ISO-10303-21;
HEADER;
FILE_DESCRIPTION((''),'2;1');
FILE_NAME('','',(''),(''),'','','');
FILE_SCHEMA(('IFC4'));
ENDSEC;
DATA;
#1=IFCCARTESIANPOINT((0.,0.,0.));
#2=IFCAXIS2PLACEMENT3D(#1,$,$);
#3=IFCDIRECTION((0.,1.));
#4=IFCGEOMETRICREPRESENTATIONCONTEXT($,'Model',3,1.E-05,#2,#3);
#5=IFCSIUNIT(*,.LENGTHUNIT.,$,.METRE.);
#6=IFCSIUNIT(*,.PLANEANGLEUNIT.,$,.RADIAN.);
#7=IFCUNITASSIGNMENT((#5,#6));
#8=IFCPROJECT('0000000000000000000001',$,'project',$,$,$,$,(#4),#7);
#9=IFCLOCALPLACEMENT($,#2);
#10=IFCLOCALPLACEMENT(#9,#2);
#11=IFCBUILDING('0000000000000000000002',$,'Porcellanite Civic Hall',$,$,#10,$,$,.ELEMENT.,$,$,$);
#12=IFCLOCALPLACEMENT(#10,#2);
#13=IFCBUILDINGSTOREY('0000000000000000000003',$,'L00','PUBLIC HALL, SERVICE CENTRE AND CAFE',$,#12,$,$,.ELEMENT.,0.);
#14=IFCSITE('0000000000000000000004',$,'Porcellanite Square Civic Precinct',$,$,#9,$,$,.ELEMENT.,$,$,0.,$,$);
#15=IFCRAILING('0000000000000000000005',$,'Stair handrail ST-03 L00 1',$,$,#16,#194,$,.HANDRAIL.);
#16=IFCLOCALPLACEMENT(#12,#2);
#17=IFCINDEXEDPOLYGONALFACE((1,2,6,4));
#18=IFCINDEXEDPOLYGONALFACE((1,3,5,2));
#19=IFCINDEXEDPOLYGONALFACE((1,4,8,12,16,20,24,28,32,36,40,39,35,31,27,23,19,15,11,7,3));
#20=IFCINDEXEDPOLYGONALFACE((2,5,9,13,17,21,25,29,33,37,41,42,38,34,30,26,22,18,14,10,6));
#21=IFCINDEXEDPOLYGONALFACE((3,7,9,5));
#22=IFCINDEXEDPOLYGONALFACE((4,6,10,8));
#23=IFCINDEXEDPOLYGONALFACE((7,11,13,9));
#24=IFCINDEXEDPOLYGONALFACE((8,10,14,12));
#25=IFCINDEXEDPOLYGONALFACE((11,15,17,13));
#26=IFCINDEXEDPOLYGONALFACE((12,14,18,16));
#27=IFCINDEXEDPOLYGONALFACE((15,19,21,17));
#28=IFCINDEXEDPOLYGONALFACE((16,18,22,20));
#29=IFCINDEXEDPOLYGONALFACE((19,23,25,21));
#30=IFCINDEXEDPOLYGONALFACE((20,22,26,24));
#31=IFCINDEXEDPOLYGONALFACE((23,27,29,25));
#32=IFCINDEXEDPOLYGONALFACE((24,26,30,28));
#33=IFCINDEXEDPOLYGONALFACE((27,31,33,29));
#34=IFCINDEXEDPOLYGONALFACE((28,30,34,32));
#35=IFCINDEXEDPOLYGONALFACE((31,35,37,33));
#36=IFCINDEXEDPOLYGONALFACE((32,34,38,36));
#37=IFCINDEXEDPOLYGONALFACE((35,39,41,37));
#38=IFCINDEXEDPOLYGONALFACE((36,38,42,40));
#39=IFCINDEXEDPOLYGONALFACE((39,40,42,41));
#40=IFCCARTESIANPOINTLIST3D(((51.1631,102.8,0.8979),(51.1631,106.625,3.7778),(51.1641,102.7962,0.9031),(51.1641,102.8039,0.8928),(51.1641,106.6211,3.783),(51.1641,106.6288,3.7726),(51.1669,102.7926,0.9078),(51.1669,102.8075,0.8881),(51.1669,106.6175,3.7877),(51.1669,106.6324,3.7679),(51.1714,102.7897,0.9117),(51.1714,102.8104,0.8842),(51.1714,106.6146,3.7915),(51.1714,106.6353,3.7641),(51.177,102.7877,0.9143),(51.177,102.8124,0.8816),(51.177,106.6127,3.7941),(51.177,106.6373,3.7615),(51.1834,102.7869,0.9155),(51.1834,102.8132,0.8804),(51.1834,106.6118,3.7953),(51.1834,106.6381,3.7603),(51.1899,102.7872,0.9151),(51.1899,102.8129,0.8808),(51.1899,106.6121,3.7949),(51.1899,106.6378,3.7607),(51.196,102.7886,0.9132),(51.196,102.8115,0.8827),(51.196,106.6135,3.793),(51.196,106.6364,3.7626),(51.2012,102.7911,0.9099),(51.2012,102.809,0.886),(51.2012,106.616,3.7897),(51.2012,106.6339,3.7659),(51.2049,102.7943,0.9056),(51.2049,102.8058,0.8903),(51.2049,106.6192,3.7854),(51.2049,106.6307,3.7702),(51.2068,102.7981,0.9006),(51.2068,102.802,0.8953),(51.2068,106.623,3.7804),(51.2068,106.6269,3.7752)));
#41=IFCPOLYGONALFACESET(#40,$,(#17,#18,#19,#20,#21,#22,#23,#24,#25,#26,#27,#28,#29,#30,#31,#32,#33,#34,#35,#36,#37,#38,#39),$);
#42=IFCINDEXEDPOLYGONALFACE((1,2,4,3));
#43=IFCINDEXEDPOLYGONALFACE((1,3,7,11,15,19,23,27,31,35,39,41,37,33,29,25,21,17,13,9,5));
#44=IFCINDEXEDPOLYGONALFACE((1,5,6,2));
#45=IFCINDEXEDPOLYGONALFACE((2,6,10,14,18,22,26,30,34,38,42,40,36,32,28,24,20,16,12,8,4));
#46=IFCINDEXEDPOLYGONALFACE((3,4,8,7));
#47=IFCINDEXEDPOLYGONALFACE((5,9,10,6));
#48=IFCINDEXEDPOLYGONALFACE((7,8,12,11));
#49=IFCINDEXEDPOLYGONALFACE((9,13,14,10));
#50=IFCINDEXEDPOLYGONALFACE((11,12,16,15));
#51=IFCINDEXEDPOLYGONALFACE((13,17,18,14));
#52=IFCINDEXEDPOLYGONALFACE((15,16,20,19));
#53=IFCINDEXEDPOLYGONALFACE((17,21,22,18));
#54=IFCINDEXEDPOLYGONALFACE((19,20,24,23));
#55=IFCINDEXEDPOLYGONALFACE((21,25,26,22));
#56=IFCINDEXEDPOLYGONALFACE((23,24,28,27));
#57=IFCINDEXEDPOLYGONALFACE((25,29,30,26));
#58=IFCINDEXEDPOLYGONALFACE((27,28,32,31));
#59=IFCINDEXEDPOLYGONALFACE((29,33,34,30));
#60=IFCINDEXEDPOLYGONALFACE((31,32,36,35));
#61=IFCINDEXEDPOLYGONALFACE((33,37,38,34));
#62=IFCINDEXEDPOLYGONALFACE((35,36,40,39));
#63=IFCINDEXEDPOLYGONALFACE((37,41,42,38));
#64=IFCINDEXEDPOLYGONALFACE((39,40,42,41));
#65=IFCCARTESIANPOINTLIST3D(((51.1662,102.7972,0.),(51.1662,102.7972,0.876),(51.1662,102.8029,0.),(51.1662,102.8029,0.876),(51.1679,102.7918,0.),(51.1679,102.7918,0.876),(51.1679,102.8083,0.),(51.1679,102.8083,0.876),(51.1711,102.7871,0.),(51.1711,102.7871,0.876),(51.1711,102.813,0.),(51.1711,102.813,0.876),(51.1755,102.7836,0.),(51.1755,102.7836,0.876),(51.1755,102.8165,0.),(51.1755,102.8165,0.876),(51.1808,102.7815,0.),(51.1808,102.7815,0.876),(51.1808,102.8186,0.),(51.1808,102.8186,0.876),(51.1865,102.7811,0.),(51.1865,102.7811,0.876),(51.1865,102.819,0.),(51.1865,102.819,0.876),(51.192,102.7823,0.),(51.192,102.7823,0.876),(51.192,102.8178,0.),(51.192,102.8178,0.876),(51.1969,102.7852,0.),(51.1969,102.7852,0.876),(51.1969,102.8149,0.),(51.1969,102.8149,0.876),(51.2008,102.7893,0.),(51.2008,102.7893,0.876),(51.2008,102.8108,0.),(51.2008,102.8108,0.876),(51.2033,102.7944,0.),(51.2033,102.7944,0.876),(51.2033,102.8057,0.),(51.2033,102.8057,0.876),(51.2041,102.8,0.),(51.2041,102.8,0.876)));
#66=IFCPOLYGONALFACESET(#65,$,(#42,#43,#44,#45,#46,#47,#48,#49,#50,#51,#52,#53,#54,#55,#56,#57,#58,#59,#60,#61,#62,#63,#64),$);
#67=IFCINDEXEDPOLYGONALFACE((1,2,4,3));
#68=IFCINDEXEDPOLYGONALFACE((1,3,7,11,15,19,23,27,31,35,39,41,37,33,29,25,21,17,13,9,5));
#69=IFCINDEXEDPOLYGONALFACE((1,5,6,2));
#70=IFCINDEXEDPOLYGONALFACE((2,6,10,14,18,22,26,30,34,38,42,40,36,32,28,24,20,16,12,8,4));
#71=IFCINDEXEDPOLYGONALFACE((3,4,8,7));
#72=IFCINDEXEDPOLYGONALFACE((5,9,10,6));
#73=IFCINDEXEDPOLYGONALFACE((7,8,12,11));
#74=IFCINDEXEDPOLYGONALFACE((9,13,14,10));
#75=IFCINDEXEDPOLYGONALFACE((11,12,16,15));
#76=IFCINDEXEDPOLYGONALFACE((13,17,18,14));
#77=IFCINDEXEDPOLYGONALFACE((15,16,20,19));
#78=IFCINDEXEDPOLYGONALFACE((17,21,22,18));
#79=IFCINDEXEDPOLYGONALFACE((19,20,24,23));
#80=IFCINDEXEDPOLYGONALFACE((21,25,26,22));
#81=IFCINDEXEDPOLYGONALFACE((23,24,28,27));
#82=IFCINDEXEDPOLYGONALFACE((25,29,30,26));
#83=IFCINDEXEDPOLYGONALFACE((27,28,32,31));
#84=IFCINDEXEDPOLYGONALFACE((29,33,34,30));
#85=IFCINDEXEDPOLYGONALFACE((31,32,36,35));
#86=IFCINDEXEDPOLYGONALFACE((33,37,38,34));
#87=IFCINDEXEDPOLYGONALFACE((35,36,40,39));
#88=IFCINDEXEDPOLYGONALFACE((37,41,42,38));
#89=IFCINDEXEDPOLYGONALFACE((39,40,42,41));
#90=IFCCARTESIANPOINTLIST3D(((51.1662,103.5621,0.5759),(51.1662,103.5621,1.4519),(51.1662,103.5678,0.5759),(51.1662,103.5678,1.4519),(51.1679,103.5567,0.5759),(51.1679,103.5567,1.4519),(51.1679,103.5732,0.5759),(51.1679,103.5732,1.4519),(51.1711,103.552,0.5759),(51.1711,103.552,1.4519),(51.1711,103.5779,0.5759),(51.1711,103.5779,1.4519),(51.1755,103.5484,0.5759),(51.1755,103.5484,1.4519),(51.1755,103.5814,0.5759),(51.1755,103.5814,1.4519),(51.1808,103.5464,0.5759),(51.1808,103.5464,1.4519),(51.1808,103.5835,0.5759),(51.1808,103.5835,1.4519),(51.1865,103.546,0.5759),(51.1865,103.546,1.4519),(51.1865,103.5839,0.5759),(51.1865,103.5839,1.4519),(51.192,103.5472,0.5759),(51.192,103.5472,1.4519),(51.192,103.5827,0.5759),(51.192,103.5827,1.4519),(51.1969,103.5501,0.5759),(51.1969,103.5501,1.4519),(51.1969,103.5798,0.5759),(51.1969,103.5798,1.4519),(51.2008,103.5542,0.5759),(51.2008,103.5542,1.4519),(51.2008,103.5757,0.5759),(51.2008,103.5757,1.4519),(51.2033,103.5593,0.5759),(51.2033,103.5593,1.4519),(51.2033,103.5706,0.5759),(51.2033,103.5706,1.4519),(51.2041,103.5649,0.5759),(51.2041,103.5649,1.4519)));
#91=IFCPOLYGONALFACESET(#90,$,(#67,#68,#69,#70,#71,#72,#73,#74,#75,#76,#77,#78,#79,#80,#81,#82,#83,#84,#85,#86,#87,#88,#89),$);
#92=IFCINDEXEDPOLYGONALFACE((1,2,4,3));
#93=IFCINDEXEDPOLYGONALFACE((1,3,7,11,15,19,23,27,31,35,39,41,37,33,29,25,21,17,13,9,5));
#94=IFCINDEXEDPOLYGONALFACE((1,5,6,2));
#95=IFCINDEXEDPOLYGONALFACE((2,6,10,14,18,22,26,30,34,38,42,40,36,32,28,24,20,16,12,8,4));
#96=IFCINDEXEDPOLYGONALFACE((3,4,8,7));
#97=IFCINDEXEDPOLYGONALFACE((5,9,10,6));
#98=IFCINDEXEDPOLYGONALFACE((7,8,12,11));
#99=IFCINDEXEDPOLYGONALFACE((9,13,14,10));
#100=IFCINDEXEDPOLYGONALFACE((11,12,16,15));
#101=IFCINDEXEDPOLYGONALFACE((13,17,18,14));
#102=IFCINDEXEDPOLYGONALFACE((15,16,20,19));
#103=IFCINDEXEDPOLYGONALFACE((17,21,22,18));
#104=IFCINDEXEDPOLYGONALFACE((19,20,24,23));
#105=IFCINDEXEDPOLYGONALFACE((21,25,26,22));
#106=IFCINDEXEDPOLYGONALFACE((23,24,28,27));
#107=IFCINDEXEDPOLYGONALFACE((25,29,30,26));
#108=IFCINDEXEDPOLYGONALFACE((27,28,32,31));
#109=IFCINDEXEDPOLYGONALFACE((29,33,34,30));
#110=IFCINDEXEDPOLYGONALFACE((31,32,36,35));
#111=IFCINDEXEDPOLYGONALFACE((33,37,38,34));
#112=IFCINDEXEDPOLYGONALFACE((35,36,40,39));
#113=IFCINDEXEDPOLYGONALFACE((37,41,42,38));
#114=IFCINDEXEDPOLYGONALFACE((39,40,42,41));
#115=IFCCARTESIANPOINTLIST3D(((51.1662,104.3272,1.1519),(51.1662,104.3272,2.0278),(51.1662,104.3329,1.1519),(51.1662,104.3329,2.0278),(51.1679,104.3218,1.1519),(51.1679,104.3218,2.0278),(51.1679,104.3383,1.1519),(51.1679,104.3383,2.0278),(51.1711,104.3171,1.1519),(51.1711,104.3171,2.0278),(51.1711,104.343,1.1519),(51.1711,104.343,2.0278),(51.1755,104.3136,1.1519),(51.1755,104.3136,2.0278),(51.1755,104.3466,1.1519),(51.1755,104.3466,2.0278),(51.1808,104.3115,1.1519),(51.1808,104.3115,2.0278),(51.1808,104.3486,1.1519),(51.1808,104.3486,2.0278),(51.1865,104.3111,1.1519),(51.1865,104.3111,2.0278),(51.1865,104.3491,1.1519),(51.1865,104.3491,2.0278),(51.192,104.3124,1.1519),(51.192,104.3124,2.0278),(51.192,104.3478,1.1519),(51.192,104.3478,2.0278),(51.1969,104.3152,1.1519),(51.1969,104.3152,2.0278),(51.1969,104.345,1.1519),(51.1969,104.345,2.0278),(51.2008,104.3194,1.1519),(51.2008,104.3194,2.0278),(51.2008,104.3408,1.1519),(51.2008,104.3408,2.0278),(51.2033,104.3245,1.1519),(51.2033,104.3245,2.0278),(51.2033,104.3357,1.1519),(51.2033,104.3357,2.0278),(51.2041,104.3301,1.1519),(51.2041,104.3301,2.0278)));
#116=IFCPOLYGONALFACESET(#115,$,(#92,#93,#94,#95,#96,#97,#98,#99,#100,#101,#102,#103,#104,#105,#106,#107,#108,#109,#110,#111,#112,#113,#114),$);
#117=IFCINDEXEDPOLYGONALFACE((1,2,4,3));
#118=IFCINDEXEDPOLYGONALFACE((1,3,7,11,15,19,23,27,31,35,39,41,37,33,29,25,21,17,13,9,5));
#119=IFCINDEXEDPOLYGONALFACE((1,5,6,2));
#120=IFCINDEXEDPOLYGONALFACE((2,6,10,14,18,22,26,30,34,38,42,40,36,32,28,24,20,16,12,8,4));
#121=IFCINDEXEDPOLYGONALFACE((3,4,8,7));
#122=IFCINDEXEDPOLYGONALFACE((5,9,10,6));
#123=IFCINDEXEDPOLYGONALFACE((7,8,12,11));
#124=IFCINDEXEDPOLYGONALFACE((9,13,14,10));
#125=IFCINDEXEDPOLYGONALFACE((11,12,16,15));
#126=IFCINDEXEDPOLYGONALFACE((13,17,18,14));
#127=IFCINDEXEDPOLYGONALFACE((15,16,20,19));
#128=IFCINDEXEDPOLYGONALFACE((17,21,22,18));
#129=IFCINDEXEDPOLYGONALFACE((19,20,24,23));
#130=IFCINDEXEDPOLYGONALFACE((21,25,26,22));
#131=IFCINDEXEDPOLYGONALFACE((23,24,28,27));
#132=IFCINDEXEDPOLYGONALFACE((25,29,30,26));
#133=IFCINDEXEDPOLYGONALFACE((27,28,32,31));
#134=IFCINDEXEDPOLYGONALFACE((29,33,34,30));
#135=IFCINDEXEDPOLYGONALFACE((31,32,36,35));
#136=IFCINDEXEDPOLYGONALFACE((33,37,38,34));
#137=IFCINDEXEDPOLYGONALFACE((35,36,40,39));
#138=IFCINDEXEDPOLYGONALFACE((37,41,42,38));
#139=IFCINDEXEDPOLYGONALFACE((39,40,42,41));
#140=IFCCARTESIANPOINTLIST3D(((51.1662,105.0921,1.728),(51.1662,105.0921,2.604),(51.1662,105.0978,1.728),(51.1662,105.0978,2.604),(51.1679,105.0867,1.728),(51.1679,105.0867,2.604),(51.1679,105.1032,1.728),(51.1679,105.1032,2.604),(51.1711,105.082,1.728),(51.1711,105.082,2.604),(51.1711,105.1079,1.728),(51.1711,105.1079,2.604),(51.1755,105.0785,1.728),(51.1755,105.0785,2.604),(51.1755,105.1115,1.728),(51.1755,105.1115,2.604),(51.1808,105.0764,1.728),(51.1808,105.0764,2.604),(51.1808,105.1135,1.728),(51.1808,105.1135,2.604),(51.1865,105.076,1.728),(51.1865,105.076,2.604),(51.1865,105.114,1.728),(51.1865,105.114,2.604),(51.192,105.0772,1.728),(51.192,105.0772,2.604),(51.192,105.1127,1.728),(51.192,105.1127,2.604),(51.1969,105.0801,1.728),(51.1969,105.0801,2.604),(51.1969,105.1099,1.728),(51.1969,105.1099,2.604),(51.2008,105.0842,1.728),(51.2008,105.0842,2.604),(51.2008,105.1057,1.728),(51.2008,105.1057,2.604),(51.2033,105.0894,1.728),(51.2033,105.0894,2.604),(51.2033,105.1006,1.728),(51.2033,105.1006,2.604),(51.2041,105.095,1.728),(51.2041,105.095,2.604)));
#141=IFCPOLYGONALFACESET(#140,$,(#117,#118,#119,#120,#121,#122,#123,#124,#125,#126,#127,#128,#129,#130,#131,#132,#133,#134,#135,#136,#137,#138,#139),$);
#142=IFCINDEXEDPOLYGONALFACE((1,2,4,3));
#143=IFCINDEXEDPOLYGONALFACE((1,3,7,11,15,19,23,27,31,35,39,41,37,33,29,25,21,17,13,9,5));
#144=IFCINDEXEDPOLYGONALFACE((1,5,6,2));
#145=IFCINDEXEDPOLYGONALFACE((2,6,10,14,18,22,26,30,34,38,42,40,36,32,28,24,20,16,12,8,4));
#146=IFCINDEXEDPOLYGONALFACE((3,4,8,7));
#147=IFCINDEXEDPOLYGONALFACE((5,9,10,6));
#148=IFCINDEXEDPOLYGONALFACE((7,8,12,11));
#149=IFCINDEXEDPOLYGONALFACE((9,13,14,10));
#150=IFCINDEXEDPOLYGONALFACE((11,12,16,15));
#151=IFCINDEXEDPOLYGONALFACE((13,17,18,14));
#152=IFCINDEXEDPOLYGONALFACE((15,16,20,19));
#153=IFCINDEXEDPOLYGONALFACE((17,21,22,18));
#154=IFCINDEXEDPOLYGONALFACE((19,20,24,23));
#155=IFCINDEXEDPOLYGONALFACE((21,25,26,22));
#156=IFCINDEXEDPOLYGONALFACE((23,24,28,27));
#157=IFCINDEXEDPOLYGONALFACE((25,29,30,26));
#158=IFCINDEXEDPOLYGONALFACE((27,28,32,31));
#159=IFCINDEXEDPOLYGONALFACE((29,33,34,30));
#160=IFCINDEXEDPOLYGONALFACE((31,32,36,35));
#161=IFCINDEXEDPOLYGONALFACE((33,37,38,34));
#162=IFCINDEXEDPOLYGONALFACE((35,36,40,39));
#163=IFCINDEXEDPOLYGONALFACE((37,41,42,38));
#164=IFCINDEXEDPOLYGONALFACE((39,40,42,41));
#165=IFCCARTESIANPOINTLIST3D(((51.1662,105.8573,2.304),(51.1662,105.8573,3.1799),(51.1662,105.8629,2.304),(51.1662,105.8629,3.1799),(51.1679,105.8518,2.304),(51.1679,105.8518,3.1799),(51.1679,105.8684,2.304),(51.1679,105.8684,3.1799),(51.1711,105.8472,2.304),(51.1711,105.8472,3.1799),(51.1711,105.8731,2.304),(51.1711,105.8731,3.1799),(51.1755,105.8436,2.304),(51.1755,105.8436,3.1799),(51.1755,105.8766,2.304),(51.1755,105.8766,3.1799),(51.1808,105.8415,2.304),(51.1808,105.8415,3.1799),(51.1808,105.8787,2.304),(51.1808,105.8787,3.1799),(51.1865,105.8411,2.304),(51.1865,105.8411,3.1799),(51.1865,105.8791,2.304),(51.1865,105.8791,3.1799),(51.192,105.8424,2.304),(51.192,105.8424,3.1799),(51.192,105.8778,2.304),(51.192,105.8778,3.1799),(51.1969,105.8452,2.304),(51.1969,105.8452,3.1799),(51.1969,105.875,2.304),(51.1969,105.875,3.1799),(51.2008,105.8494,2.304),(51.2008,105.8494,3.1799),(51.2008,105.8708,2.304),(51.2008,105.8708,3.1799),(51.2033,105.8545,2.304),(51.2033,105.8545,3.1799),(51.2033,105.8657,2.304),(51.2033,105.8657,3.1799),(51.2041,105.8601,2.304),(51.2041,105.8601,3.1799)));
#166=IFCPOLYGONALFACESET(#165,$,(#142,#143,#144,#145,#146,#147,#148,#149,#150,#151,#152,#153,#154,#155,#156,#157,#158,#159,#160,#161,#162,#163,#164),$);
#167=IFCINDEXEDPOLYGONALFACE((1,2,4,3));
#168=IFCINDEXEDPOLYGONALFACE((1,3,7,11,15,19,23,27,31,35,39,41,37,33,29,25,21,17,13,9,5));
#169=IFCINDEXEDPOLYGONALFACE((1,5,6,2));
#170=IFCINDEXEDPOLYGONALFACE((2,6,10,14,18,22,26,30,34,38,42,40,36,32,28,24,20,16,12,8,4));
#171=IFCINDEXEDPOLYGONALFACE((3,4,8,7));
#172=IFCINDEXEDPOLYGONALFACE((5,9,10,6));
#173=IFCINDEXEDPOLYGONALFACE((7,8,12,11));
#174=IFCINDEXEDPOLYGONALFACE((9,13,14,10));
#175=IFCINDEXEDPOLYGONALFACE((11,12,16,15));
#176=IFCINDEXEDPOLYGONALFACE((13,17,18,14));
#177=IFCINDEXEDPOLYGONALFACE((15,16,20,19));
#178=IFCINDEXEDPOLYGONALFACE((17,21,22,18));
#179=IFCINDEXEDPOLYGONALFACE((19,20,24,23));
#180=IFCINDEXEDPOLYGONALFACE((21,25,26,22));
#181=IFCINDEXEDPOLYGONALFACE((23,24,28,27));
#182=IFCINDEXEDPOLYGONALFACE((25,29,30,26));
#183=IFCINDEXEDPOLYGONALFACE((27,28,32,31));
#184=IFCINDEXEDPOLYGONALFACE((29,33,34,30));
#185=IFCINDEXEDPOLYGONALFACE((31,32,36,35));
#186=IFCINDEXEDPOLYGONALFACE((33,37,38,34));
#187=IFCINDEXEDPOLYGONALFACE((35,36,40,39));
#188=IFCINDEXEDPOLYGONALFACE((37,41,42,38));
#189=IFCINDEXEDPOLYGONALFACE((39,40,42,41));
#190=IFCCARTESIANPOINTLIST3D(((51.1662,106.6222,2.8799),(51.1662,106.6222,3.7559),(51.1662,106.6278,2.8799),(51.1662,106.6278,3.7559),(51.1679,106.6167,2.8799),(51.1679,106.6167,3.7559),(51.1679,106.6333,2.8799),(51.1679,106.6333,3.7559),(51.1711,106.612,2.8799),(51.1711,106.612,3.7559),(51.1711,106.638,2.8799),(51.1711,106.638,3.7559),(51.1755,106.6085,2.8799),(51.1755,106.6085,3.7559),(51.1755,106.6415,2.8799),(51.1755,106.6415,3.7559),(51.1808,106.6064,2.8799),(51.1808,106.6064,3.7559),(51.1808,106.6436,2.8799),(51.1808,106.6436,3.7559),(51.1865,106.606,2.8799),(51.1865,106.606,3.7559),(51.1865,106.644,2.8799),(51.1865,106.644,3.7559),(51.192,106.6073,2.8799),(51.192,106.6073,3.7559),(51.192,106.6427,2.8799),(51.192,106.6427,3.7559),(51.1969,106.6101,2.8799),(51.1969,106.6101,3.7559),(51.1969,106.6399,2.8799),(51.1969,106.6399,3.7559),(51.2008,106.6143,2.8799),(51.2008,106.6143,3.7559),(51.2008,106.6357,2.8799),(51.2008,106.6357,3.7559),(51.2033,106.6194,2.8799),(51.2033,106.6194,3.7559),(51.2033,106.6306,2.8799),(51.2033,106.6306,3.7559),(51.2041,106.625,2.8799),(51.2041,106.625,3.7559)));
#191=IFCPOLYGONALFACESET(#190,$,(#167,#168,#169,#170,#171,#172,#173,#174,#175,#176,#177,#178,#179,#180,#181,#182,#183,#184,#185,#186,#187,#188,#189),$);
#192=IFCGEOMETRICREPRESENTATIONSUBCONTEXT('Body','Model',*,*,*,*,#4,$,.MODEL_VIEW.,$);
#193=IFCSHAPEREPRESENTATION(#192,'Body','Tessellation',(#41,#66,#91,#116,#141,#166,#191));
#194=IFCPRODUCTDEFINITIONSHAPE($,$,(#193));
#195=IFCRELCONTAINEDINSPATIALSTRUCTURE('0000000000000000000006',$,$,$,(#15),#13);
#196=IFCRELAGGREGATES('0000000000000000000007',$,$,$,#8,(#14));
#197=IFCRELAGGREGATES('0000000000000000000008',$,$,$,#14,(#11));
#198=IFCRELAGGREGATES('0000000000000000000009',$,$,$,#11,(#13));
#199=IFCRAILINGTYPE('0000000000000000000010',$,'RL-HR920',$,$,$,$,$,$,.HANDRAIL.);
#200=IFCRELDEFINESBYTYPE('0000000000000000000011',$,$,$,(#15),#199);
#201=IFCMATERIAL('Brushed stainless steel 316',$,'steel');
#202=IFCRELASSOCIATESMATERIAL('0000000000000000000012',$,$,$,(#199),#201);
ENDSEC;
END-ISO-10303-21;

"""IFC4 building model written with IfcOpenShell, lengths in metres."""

from ifc_helpers import new_model, si_unit, direction, frame, origin, origin_2d, place, context, subcontext, project, spatial, circle, extrude, material, type_object, element, save


model = new_model("IFC4")

# Units and contexts
model_context = context("Model", 3, precision=1e-05, world=origin(), true_north=direction((0.0, 1.0)))
body_context = subcontext(model_context, "Body", "Model", "MODEL_VIEW")
ifc_project = project(units=[si_unit("LENGTHUNIT", "METRE"), si_unit("PLANEANGLEUNIT", "RADIAN")], contexts=[model_context])

# Site, building, storey
site_placement = place(None, origin())
site = spatial("IfcSite", under=ifc_project, at=site_placement, Name="Porcellanite Square Civic Precinct", CompositionType="ELEMENT", RefElevation=0.0)
building_placement = place(site_placement, origin())
building = spatial("IfcBuilding", under=site, at=building_placement, Name="Porcellanite Civic Hall", CompositionType="ELEMENT")
storey_placement = place(building_placement, origin())
storey = spatial("IfcBuildingStorey", under=building, at=storey_placement, Name="L00", Description="PUBLIC HALL, SERVICE CENTRE AND CAFE", CompositionType="ELEMENT", Elevation=0.0)

# Railing
ifc_material_1 = material(Name="Brushed stainless steel 316", Category="steel")
railing_type_1 = type_object("IfcRailingType", Name="RL-HR920", PredefinedType="HANDRAIL", material=ifc_material_1)
railing_1_placement = place(storey_placement, frame((51.1851, 102.8, 0.0)))
element("IfcRailing", 1, at=railing_1_placement, inside=storey, type_object=railing_type_1, Name="Stair handrail ST-03 L00 1", PredefinedType="HANDRAIL", context=body_context, shape_type="SweptSolid", body=[
    extrude(circle(Radius=0.022, at=origin_2d()), frame((0.0, 0.0, 0.8979), z_axis=(0.0, 0.798879, 0.601492), x_axis=(-1.0, 0.0, 0.0)), (0.0, 0.0, 1.0), 4.7878),
    extrude(circle(Radius=0.019, at=origin_2d()), origin(), (0.0, 0.0, 1.0), 0.876),
    extrude(circle(Radius=0.019, at=origin_2d()), frame((0.0, 0.7649, 0.5759)), (0.0, 0.0, 1.0), 0.876),
    extrude(circle(Radius=0.019, at=origin_2d()), frame((0.0, 1.53, 1.1519)), (0.0, 0.0, 1.0), 0.876),
    extrude(circle(Radius=0.019, at=origin_2d()), frame((0.0, 2.2949, 1.728)), (0.0, 0.0, 1.0), 0.876),
    extrude(circle(Radius=0.019, at=origin_2d()), frame((0.0, 3.0601, 2.304)), (0.0, 0.0, 1.0), 0.876),
    extrude(circle(Radius=0.019, at=origin_2d()), frame((0.0, 3.825, 2.8799)), (0.0, 0.0, 1.0), 0.876),
])

save(model, "model.ifc")
